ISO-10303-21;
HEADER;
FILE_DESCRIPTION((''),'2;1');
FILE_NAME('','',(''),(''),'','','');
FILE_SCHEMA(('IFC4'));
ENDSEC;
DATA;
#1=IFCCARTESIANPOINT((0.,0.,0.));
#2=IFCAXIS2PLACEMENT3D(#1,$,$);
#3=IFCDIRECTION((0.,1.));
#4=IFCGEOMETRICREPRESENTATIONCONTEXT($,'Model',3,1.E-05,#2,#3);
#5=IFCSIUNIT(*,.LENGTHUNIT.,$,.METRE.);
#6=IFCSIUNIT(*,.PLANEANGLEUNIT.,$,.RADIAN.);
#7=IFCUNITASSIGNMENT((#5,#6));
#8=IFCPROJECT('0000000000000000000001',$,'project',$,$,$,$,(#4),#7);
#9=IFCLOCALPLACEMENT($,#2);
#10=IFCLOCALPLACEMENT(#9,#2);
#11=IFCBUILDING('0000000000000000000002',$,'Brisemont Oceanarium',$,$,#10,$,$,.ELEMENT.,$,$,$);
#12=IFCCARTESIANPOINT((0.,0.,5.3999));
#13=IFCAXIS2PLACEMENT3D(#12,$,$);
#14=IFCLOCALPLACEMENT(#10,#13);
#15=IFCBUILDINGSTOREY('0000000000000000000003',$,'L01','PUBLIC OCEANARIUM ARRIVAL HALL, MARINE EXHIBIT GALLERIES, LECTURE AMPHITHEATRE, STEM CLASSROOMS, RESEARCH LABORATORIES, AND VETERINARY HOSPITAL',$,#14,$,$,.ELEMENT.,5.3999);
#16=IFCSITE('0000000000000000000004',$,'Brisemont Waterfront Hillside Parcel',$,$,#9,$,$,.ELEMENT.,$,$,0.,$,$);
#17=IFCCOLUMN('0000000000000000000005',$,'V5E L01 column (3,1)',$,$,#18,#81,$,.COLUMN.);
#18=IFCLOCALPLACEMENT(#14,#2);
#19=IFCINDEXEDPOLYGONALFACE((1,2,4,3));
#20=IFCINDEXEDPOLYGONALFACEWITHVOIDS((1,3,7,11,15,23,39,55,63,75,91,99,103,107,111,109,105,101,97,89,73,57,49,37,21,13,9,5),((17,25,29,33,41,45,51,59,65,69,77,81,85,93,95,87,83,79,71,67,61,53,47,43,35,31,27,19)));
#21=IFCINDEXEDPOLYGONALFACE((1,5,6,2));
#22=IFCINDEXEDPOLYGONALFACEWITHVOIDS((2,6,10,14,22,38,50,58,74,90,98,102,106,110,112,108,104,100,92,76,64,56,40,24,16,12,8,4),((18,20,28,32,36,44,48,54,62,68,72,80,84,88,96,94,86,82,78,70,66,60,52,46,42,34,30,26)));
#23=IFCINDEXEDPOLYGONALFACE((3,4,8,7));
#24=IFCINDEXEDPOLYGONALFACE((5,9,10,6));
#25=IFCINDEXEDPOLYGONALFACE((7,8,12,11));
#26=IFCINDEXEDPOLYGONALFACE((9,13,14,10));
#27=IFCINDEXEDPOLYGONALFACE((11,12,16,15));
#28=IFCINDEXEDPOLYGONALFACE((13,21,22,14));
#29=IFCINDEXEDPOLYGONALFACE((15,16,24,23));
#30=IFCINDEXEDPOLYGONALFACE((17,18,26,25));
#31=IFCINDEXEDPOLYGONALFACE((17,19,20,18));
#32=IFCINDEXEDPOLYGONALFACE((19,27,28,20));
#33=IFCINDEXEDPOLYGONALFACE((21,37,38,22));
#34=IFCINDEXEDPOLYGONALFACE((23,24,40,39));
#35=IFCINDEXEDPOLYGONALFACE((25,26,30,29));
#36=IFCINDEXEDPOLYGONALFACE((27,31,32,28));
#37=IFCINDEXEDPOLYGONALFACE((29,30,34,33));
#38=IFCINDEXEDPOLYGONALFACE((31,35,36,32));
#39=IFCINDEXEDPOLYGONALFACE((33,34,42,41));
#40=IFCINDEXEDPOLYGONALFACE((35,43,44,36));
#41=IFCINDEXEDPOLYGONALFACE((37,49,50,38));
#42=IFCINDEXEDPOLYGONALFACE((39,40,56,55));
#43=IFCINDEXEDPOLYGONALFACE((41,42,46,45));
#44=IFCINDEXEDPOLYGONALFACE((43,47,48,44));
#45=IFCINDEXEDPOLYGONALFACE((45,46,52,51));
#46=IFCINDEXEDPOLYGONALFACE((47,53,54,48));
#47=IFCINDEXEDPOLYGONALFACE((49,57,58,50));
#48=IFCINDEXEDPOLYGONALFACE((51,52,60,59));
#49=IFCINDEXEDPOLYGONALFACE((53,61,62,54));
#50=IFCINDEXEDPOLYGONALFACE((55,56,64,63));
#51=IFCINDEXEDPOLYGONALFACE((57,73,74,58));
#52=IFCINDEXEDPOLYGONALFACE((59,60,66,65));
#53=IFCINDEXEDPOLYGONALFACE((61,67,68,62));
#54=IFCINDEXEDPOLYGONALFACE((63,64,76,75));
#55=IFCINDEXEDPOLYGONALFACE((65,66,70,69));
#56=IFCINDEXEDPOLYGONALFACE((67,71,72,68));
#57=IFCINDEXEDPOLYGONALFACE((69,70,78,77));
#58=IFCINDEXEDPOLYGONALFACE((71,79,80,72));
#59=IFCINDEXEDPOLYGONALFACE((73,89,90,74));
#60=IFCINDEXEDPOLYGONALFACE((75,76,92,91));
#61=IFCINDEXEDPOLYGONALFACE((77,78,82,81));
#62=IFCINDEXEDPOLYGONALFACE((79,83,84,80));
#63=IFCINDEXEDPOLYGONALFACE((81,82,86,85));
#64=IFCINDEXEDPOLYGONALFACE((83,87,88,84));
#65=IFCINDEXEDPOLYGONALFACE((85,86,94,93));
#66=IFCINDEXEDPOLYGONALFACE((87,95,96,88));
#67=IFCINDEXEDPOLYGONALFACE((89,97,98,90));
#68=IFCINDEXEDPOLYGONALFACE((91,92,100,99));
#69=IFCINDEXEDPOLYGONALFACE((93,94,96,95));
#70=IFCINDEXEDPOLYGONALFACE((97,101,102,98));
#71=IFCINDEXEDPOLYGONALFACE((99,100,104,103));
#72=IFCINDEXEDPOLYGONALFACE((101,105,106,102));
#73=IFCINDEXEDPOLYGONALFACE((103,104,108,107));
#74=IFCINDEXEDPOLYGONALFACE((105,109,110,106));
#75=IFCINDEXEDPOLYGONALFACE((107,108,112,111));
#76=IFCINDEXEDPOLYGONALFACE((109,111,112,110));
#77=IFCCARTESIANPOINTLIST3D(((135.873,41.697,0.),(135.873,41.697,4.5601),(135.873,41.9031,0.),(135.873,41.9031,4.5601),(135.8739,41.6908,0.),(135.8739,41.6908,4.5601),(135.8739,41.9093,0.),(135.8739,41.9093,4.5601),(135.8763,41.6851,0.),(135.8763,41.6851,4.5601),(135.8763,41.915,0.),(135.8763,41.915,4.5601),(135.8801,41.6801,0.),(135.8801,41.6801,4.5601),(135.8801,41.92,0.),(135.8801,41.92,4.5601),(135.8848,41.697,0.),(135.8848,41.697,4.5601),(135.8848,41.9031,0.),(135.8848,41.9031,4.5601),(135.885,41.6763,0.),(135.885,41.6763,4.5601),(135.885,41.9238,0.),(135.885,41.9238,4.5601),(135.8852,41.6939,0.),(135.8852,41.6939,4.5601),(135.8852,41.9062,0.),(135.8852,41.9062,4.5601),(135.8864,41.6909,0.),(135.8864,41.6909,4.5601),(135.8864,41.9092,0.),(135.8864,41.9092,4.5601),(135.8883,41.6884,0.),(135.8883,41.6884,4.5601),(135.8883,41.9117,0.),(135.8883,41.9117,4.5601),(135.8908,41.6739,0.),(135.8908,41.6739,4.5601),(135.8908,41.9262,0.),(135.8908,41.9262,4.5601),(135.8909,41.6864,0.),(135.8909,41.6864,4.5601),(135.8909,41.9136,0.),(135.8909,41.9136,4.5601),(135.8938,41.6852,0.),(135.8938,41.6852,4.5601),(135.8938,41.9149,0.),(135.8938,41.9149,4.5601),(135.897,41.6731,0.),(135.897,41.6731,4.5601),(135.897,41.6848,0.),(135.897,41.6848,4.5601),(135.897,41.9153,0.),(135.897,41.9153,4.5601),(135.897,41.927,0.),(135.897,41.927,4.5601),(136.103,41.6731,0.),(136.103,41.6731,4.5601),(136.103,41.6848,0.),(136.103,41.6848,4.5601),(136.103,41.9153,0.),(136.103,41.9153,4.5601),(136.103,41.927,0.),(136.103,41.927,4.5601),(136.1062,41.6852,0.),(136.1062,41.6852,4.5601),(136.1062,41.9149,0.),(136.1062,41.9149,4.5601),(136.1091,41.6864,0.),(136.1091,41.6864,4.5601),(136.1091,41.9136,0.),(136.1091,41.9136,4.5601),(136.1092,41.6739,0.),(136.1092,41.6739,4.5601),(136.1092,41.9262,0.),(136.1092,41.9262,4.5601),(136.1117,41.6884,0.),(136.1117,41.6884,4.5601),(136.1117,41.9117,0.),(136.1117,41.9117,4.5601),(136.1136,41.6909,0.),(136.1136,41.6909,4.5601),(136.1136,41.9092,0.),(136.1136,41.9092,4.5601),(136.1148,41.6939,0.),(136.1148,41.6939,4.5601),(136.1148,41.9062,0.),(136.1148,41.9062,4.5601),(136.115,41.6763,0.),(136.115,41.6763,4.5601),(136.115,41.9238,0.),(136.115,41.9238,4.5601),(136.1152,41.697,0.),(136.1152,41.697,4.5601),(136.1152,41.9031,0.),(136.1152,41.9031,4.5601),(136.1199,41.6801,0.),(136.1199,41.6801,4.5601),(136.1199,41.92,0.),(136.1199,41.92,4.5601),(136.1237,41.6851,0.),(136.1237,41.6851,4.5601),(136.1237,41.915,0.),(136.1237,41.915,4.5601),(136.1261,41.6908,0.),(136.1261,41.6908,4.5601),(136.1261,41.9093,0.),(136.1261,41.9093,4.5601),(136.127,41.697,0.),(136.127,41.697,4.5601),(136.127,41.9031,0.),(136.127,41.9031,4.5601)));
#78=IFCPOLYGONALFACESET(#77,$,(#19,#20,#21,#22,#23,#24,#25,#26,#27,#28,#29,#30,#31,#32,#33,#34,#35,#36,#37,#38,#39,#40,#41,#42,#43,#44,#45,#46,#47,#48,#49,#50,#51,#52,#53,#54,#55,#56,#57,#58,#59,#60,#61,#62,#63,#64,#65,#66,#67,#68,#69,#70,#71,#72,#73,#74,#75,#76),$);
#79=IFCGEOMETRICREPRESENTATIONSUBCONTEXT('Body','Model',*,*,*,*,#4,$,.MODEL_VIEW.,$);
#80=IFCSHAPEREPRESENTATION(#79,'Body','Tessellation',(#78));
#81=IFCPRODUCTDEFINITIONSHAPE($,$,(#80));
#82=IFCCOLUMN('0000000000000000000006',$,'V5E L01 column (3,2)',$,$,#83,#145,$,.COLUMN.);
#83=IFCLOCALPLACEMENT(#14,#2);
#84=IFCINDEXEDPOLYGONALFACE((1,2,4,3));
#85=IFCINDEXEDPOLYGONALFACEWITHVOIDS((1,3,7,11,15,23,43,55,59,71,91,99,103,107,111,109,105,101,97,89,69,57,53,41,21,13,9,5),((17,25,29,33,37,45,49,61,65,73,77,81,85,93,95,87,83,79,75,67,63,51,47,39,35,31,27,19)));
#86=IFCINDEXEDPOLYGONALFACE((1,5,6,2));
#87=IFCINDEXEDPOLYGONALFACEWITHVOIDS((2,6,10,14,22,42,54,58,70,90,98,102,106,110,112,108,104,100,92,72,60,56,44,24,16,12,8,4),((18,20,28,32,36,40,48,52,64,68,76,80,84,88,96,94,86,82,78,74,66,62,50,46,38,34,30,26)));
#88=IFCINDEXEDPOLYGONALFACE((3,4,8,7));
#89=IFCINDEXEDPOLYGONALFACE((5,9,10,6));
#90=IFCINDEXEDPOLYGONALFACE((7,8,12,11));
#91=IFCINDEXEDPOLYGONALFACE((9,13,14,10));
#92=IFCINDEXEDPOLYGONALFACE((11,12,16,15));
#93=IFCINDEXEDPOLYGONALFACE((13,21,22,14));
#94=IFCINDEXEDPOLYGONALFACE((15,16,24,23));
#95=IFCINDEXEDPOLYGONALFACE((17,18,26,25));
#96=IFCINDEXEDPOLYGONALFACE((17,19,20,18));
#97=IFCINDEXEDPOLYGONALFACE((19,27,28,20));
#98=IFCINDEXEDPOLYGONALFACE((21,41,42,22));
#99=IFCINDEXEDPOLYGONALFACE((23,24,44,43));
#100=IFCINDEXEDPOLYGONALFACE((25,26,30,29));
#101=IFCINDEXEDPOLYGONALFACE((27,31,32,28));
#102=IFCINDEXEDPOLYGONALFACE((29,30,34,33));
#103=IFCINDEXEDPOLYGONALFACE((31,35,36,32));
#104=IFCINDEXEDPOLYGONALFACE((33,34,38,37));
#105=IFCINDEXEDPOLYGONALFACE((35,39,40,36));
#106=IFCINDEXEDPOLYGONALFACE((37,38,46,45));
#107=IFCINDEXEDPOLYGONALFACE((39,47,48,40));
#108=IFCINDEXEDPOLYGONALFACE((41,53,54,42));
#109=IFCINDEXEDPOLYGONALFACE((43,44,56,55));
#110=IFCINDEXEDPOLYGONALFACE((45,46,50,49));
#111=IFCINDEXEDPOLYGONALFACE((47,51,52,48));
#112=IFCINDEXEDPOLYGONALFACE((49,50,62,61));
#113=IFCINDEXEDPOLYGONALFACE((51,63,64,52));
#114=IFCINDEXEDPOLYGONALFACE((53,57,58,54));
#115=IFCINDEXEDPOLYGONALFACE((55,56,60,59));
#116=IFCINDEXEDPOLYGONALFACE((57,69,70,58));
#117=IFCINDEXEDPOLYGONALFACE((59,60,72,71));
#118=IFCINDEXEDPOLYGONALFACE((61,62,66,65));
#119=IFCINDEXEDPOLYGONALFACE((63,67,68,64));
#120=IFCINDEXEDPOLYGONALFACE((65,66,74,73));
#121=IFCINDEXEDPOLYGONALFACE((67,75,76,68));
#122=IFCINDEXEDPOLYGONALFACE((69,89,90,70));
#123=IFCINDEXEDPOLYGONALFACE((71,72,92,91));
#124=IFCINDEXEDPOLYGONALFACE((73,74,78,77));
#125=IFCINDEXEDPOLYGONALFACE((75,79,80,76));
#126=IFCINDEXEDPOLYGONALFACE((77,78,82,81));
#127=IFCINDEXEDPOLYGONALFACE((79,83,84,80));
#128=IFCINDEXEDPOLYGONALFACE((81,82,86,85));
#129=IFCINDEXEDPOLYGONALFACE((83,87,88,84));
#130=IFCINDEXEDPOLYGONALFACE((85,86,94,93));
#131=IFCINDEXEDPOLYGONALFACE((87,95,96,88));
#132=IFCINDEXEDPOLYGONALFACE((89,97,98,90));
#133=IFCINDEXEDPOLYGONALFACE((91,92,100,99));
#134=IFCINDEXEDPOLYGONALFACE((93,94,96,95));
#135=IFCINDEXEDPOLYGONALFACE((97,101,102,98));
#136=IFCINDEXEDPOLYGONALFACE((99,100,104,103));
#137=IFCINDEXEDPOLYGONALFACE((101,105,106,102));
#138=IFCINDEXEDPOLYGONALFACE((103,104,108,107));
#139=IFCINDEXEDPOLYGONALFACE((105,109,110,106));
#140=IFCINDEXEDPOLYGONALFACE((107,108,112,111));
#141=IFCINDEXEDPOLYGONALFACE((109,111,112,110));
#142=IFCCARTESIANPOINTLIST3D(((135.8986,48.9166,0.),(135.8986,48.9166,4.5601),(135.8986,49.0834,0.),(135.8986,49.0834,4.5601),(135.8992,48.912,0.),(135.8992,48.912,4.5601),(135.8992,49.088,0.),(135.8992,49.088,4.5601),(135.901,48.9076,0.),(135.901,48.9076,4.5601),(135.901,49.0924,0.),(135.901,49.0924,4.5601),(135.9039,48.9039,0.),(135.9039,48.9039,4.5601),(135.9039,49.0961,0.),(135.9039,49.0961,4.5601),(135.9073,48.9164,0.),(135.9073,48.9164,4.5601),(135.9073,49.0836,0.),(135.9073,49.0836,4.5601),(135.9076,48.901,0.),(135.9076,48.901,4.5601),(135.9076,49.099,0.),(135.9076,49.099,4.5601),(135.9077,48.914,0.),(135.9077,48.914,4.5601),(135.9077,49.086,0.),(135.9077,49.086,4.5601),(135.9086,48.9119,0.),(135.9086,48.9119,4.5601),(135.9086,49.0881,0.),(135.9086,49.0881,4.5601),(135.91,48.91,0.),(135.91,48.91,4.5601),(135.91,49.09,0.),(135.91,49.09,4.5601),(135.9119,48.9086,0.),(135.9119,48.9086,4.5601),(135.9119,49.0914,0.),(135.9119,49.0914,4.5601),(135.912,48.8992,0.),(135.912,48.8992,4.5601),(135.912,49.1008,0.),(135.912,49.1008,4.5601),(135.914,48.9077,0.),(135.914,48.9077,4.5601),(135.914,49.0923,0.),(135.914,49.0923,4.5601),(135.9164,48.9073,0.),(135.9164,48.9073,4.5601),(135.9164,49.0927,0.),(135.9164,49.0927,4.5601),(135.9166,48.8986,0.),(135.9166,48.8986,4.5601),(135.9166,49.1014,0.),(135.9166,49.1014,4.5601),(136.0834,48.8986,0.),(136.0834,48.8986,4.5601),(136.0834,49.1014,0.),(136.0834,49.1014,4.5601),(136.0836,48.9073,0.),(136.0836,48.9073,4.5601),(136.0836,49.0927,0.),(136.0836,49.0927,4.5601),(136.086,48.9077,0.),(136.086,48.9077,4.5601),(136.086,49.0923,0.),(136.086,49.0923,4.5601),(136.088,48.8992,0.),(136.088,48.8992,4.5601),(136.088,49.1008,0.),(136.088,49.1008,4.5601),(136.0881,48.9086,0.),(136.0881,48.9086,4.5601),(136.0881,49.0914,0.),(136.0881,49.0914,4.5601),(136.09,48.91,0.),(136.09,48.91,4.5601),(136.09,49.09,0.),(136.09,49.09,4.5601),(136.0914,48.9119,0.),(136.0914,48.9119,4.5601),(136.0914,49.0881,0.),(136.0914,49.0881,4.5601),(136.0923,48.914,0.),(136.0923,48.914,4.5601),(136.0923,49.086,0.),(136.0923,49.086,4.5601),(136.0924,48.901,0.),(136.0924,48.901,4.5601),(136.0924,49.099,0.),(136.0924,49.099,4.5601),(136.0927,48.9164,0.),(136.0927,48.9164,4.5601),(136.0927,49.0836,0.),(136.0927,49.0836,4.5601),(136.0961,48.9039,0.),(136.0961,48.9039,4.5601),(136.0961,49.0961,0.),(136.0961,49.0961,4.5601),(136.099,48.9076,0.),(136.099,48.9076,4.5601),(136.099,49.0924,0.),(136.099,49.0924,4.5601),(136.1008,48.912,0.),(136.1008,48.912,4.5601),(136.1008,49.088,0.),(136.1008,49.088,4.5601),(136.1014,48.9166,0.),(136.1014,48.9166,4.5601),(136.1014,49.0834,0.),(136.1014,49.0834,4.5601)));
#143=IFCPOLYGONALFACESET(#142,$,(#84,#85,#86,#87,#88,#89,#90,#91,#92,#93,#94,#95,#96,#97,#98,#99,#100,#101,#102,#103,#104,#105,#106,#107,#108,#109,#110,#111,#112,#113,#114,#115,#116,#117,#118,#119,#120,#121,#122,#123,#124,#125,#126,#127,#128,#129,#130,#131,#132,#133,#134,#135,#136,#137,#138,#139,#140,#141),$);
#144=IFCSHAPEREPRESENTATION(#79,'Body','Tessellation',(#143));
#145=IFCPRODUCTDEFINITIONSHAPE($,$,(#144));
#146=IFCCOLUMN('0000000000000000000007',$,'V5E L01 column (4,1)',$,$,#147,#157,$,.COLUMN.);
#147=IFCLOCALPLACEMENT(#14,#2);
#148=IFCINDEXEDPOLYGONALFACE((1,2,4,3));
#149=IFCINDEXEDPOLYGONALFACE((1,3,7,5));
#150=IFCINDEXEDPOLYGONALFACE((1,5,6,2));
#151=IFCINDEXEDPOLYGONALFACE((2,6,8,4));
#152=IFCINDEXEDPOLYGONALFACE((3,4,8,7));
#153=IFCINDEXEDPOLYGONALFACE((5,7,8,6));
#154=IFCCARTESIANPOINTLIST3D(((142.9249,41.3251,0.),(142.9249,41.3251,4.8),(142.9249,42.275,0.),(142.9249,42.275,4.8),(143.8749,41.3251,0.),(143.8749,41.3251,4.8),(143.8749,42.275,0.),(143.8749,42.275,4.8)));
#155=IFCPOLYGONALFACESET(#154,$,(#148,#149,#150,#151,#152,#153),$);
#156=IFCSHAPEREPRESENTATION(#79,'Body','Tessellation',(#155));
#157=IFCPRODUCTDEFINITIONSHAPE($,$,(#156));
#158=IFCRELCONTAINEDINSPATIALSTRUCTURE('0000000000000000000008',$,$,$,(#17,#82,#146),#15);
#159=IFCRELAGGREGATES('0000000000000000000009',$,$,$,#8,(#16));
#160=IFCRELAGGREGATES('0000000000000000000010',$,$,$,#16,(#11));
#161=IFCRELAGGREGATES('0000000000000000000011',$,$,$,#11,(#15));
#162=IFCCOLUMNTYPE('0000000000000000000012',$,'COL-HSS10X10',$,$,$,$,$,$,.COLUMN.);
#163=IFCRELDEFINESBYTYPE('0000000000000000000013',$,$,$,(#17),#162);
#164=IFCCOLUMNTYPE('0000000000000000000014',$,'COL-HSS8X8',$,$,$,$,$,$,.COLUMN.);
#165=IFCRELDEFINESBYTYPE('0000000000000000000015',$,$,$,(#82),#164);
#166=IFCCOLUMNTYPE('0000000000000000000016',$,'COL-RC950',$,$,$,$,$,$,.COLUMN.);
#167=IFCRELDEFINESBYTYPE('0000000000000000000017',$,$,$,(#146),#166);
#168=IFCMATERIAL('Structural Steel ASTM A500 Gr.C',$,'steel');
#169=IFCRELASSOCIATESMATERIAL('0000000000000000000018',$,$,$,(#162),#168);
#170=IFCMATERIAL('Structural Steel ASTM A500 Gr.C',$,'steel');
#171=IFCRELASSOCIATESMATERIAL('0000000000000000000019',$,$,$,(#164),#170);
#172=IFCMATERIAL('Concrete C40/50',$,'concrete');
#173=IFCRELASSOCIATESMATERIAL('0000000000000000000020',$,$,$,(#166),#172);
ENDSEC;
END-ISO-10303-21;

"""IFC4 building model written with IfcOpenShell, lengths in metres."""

from ifc_helpers import new_model, si_unit, direction, frame, origin, origin_2d, place, context, subcontext, project, spatial, rectangle, hollow_rectangle, extrude, material, material_profile, profile_set, type_object, element, save


model = new_model("IFC4")

# Units and contexts
model_context = context("Model", 3, precision=1e-05, world=origin(), true_north=direction((0.0, 1.0)))
body_context = subcontext(model_context, "Body", "Model", "MODEL_VIEW")
ifc_project = project(units=[si_unit("LENGTHUNIT", "METRE"), si_unit("PLANEANGLEUNIT", "RADIAN")], contexts=[model_context])

# Site, building, storey
site_placement = place(None, origin())
site = spatial("IfcSite", under=ifc_project, at=site_placement, Name="Brisemont Waterfront Hillside Parcel", CompositionType="ELEMENT", RefElevation=0.0)
building_placement = place(site_placement, origin())
building = spatial("IfcBuilding", under=site, at=building_placement, Name="Brisemont Oceanarium", CompositionType="ELEMENT")
storey_placement = place(building_placement, frame((0.0, 0.0, 5.3999)))
storey = spatial("IfcBuildingStorey", under=building, at=storey_placement, Name="L01", Description="PUBLIC OCEANARIUM ARRIVAL HALL, MARINE EXHIBIT GALLERIES, LECTURE AMPHITHEATRE, STEM CLASSROOMS, RESEARCH LABORATORIES, AND VETERINARY HOSPITAL", CompositionType="ELEMENT", Elevation=5.3999)

# Columns
ifc_material_1 = material(Name="Structural Steel ASTM A500 Gr.C", Category="steel")
ifc_material_profile_1 = material_profile(ifc_material_1, hollow_rectangle(XDim=0.2539, YDim=0.2539, WallThickness=0.0117, InnerFilletRadius=0.0122, OuterFilletRadius=0.0239, at=origin_2d()), Name="HSS10X10X1/2")
ifc_profile_set_1 = profile_set([ifc_material_profile_1], Name="Structural Steel ASTM A500 Gr.C")
column_type_1 = type_object("IfcColumnType", Name="COL-HSS10X10", PredefinedType="COLUMN", material=ifc_profile_set_1)
column_1_placement = place(storey_placement, frame((136.0, 41.8, 0.0), z_axis=(0.0, 0.0, 1.0), x_axis=(1.0, 0.0, 0.0)))
element("IfcColumn", 1, at=column_1_placement, inside=storey, type_object=column_type_1, Name="V5E L01 column (3,1)", PredefinedType="COLUMN", context=body_context, shape_type="SweptSolid", body=[
    extrude(hollow_rectangle(XDim=0.2539, YDim=0.2539, WallThickness=0.0117, InnerFilletRadius=0.0122, OuterFilletRadius=0.0239, at=origin_2d()), origin(), (0.0, 0.0, 1.0), 4.5601),
])
ifc_material_2 = material(Name="Structural Steel ASTM A500 Gr.C", Category="steel")
ifc_material_profile_2 = material_profile(ifc_material_2, hollow_rectangle(XDim=0.2029, YDim=0.2029, WallThickness=0.0088, InnerFilletRadius=0.009, OuterFilletRadius=0.0181, at=origin_2d()), Name="HSS8X8X3/8")
ifc_profile_set_2 = profile_set([ifc_material_profile_2], Name="Structural Steel ASTM A500 Gr.C")
column_type_2 = type_object("IfcColumnType", Name="COL-HSS8X8", PredefinedType="COLUMN", material=ifc_profile_set_2)
column_2_placement = place(storey_placement, frame((136.0, 49.0, 0.0), z_axis=(0.0, 0.0, 1.0), x_axis=(0.0, 1.0, 0.0)))
element("IfcColumn", 2, at=column_2_placement, inside=storey, type_object=column_type_2, Name="V5E L01 column (3,2)", PredefinedType="COLUMN", context=body_context, shape_type="SweptSolid", body=[
    extrude(hollow_rectangle(XDim=0.2029, YDim=0.2029, WallThickness=0.0088, InnerFilletRadius=0.009, OuterFilletRadius=0.0181, at=origin_2d()), origin(), (0.0, 0.0, 1.0), 4.5601),
])
ifc_material_3 = material(Name="Concrete C40/50", Category="concrete")
ifc_material_profile_3 = material_profile(ifc_material_3, rectangle(XDim=0.95, YDim=0.95, at=origin_2d()), Name="RC-COL-950X950")
ifc_profile_set_3 = profile_set([ifc_material_profile_3], Name="Concrete C40/50")
column_type_3 = type_object("IfcColumnType", Name="COL-RC950", PredefinedType="COLUMN", material=ifc_profile_set_3)
column_3_placement = place(storey_placement, frame((143.3999, 41.8, 0.0), z_axis=(0.0, 0.0, 1.0), x_axis=(0.0, 1.0, 0.0)))
element("IfcColumn", 3, at=column_3_placement, inside=storey, type_object=column_type_3, Name="V5E L01 column (4,1)", PredefinedType="COLUMN", context=body_context, shape_type="SweptSolid", body=[
    extrude(rectangle(XDim=0.95, YDim=0.95, at=origin_2d()), origin(), (0.0, 0.0, 1.0), 4.8),
])

save(model, "model.ifc")
